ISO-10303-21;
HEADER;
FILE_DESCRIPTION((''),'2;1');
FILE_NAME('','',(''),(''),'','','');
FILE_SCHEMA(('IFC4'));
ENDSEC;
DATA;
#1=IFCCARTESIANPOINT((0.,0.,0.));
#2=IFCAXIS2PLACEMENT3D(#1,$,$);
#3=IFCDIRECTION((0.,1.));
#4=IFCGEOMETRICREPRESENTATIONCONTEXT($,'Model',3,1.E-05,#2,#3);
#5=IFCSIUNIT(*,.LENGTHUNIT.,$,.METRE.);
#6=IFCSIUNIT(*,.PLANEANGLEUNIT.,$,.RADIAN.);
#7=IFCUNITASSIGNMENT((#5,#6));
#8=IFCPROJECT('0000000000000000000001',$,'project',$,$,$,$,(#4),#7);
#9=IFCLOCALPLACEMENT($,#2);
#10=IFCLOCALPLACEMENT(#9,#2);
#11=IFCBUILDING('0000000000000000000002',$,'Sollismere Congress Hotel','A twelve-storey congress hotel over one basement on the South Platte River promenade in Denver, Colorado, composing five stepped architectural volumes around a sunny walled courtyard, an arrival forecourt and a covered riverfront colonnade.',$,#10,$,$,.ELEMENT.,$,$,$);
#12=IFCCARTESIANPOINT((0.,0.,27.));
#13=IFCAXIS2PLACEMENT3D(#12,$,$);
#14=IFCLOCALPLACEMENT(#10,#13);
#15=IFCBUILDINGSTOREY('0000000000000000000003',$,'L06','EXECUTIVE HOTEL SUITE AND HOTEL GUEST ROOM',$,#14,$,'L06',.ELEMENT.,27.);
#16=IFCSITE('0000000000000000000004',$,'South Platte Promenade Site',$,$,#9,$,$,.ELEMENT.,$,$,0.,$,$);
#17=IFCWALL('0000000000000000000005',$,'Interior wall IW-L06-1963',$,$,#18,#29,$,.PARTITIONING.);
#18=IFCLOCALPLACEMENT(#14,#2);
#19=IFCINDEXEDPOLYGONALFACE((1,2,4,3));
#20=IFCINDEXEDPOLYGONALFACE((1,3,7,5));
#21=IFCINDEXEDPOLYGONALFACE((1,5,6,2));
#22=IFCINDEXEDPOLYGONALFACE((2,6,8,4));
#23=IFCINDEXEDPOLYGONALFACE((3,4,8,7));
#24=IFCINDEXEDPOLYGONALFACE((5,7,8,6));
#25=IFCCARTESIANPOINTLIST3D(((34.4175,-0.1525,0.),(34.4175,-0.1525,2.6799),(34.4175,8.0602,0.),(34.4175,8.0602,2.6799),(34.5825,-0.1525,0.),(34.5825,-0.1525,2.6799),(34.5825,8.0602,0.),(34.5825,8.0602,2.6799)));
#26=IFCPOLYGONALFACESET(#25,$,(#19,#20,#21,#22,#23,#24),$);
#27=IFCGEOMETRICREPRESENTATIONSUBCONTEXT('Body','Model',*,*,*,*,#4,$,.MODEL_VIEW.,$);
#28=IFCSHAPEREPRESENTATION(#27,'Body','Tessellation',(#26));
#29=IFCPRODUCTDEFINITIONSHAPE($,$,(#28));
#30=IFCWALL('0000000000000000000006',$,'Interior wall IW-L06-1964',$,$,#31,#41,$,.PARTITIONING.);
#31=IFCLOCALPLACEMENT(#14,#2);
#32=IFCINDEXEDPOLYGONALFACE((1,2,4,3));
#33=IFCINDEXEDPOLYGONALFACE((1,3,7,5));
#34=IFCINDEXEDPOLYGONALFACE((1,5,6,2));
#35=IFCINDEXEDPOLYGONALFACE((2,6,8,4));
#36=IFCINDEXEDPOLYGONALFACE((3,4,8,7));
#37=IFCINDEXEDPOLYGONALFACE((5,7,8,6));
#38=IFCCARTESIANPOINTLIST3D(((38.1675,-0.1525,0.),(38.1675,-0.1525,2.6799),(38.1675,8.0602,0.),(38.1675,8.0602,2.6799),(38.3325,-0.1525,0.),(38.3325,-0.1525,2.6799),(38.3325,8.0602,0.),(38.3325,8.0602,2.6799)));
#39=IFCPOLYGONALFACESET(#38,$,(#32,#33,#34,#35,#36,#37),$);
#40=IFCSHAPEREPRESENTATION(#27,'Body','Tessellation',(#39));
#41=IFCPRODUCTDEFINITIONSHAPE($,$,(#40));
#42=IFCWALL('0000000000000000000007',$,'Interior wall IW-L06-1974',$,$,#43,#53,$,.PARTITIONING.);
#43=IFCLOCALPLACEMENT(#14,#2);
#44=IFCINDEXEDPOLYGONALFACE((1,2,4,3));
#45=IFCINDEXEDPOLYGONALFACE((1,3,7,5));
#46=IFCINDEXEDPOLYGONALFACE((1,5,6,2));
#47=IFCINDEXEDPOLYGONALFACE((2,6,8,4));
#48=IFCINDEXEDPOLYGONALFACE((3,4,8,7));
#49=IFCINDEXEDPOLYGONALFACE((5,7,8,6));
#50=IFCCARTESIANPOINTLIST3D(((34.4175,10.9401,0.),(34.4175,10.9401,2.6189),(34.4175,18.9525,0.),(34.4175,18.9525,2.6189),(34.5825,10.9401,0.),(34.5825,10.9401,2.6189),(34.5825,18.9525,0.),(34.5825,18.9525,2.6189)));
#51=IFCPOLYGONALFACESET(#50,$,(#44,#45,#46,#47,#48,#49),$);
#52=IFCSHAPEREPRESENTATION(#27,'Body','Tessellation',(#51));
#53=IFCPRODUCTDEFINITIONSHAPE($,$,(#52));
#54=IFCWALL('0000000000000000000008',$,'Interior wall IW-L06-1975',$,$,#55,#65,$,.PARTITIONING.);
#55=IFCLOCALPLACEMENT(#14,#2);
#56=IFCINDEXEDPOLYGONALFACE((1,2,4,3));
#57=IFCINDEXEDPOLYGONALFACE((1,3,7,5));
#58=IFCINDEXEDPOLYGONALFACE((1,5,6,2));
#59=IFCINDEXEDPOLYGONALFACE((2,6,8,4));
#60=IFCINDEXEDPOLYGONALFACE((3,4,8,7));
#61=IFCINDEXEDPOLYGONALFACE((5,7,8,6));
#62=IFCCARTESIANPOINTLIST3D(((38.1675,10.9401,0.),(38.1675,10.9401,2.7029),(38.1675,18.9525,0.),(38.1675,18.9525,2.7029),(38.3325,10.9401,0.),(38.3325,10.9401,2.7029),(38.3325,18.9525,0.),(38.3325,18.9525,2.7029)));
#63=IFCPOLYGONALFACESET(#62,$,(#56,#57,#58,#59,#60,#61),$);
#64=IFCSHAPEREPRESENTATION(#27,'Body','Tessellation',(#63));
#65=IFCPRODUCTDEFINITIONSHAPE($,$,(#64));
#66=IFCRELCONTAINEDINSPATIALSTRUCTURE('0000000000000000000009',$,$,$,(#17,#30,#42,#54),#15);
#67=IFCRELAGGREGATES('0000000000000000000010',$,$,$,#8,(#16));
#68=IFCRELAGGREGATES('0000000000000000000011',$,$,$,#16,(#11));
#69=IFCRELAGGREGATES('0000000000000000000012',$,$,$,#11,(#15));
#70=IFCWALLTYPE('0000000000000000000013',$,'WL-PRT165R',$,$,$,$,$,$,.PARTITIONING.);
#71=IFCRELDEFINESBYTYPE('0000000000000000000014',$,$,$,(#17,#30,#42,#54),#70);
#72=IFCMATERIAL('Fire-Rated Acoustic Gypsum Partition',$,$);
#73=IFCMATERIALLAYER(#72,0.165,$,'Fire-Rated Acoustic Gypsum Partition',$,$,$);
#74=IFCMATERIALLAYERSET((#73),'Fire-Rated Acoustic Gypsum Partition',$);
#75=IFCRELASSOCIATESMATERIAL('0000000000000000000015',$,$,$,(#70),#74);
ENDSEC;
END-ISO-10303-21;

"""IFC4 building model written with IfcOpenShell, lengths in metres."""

from ifc_helpers import new_model, si_unit, direction, frame, frame_2d, origin, place, context, subcontext, project, spatial, rectangle, extrude, material, layer, layer_set, type_object, element, save


model = new_model("IFC4")

# Units and contexts
model_context = context("Model", 3, precision=1e-05, world=origin(), true_north=direction((0.0, 1.0)))
body_context = subcontext(model_context, "Body", "Model", "MODEL_VIEW")
ifc_project = project(units=[si_unit("LENGTHUNIT", "METRE"), si_unit("PLANEANGLEUNIT", "RADIAN")], contexts=[model_context])

# Site, building, storey
site_placement = place(None, origin())
site = spatial("IfcSite", under=ifc_project, at=site_placement, Name="South Platte Promenade Site", CompositionType="ELEMENT", RefElevation=0.0)
building_placement = place(site_placement, origin())
building = spatial("IfcBuilding", under=site, at=building_placement, Name="Sollismere Congress Hotel", Description="A twelve-storey congress hotel over one basement on the South Platte River promenade in Denver, Colorado, composing five stepped architectural volumes around a sunny walled courtyard, an arrival forecourt and a covered riverfront colonnade.", CompositionType="ELEMENT")
storey_placement = place(building_placement, frame((0.0, 0.0, 27.0)))
storey = spatial("IfcBuildingStorey", under=building, at=storey_placement, Name="L06", Description="EXECUTIVE HOTEL SUITE AND HOTEL GUEST ROOM", LongName="L06", CompositionType="ELEMENT", Elevation=27.0)

# Walls
ifc_material_1 = material(Name="Fire-Rated Acoustic Gypsum Partition")
ifc_layer_1 = layer(ifc_material_1, 0.165, Name="Fire-Rated Acoustic Gypsum Partition")
ifc_layer_set_1 = layer_set([ifc_layer_1], Name="Fire-Rated Acoustic Gypsum Partition")
wall_type_1 = type_object("IfcWallType", Name="WL-PRT165R", PredefinedType="PARTITIONING", material=ifc_layer_set_1)
for number, where, z_axis, x_axis, name in (
    (1, (34.5, -0.1526, 0.0), (0.0, 0.0, 1.0), (0.0, 1.0, 0.0), "Interior wall IW-L06-1963"),
    (2, (38.25, -0.1526, 0.0), (0.0, 0.0, 1.0), (0.0, 1.0, 0.0), "Interior wall IW-L06-1964"),
):
    element("IfcWall", number, at=place(storey_placement, frame(where, z_axis=z_axis, x_axis=x_axis)), inside=storey, type_object=wall_type_1, Name=name, PredefinedType="PARTITIONING", context=body_context, shape_type="SweptSolid", body=[
        extrude(rectangle(XDim=8.2126, YDim=0.165, at=frame_2d((4.1064, 0.0))), origin(), (0.0, 0.0, 1.0), 2.6799),
    ])
wall_1_placement = place(storey_placement, frame((34.5, 10.9399, 0.0), z_axis=(0.0, 0.0, 1.0), x_axis=(0.0, 1.0, 0.0)))
element("IfcWall", 3, at=wall_1_placement, inside=storey, type_object=wall_type_1, Name="Interior wall IW-L06-1974", PredefinedType="PARTITIONING", context=body_context, shape_type="SweptSolid", body=[
    extrude(rectangle(XDim=8.0125, YDim=0.165, at=frame_2d((4.0063, 0.0))), origin(), (0.0, 0.0, 1.0), 2.6189),
])
wall_2_placement = place(storey_placement, frame((38.25, 10.9399, 0.0), z_axis=(0.0, 0.0, 1.0), x_axis=(0.0, 1.0, 0.0)))
element("IfcWall", 4, at=wall_2_placement, inside=storey, type_object=wall_type_1, Name="Interior wall IW-L06-1975", PredefinedType="PARTITIONING", context=body_context, shape_type="SweptSolid", body=[
    extrude(rectangle(XDim=8.0125, YDim=0.165, at=frame_2d((4.0063, 0.0))), origin(), (0.0, 0.0, 1.0), 2.7029),
])

save(model, "model.ifc")
